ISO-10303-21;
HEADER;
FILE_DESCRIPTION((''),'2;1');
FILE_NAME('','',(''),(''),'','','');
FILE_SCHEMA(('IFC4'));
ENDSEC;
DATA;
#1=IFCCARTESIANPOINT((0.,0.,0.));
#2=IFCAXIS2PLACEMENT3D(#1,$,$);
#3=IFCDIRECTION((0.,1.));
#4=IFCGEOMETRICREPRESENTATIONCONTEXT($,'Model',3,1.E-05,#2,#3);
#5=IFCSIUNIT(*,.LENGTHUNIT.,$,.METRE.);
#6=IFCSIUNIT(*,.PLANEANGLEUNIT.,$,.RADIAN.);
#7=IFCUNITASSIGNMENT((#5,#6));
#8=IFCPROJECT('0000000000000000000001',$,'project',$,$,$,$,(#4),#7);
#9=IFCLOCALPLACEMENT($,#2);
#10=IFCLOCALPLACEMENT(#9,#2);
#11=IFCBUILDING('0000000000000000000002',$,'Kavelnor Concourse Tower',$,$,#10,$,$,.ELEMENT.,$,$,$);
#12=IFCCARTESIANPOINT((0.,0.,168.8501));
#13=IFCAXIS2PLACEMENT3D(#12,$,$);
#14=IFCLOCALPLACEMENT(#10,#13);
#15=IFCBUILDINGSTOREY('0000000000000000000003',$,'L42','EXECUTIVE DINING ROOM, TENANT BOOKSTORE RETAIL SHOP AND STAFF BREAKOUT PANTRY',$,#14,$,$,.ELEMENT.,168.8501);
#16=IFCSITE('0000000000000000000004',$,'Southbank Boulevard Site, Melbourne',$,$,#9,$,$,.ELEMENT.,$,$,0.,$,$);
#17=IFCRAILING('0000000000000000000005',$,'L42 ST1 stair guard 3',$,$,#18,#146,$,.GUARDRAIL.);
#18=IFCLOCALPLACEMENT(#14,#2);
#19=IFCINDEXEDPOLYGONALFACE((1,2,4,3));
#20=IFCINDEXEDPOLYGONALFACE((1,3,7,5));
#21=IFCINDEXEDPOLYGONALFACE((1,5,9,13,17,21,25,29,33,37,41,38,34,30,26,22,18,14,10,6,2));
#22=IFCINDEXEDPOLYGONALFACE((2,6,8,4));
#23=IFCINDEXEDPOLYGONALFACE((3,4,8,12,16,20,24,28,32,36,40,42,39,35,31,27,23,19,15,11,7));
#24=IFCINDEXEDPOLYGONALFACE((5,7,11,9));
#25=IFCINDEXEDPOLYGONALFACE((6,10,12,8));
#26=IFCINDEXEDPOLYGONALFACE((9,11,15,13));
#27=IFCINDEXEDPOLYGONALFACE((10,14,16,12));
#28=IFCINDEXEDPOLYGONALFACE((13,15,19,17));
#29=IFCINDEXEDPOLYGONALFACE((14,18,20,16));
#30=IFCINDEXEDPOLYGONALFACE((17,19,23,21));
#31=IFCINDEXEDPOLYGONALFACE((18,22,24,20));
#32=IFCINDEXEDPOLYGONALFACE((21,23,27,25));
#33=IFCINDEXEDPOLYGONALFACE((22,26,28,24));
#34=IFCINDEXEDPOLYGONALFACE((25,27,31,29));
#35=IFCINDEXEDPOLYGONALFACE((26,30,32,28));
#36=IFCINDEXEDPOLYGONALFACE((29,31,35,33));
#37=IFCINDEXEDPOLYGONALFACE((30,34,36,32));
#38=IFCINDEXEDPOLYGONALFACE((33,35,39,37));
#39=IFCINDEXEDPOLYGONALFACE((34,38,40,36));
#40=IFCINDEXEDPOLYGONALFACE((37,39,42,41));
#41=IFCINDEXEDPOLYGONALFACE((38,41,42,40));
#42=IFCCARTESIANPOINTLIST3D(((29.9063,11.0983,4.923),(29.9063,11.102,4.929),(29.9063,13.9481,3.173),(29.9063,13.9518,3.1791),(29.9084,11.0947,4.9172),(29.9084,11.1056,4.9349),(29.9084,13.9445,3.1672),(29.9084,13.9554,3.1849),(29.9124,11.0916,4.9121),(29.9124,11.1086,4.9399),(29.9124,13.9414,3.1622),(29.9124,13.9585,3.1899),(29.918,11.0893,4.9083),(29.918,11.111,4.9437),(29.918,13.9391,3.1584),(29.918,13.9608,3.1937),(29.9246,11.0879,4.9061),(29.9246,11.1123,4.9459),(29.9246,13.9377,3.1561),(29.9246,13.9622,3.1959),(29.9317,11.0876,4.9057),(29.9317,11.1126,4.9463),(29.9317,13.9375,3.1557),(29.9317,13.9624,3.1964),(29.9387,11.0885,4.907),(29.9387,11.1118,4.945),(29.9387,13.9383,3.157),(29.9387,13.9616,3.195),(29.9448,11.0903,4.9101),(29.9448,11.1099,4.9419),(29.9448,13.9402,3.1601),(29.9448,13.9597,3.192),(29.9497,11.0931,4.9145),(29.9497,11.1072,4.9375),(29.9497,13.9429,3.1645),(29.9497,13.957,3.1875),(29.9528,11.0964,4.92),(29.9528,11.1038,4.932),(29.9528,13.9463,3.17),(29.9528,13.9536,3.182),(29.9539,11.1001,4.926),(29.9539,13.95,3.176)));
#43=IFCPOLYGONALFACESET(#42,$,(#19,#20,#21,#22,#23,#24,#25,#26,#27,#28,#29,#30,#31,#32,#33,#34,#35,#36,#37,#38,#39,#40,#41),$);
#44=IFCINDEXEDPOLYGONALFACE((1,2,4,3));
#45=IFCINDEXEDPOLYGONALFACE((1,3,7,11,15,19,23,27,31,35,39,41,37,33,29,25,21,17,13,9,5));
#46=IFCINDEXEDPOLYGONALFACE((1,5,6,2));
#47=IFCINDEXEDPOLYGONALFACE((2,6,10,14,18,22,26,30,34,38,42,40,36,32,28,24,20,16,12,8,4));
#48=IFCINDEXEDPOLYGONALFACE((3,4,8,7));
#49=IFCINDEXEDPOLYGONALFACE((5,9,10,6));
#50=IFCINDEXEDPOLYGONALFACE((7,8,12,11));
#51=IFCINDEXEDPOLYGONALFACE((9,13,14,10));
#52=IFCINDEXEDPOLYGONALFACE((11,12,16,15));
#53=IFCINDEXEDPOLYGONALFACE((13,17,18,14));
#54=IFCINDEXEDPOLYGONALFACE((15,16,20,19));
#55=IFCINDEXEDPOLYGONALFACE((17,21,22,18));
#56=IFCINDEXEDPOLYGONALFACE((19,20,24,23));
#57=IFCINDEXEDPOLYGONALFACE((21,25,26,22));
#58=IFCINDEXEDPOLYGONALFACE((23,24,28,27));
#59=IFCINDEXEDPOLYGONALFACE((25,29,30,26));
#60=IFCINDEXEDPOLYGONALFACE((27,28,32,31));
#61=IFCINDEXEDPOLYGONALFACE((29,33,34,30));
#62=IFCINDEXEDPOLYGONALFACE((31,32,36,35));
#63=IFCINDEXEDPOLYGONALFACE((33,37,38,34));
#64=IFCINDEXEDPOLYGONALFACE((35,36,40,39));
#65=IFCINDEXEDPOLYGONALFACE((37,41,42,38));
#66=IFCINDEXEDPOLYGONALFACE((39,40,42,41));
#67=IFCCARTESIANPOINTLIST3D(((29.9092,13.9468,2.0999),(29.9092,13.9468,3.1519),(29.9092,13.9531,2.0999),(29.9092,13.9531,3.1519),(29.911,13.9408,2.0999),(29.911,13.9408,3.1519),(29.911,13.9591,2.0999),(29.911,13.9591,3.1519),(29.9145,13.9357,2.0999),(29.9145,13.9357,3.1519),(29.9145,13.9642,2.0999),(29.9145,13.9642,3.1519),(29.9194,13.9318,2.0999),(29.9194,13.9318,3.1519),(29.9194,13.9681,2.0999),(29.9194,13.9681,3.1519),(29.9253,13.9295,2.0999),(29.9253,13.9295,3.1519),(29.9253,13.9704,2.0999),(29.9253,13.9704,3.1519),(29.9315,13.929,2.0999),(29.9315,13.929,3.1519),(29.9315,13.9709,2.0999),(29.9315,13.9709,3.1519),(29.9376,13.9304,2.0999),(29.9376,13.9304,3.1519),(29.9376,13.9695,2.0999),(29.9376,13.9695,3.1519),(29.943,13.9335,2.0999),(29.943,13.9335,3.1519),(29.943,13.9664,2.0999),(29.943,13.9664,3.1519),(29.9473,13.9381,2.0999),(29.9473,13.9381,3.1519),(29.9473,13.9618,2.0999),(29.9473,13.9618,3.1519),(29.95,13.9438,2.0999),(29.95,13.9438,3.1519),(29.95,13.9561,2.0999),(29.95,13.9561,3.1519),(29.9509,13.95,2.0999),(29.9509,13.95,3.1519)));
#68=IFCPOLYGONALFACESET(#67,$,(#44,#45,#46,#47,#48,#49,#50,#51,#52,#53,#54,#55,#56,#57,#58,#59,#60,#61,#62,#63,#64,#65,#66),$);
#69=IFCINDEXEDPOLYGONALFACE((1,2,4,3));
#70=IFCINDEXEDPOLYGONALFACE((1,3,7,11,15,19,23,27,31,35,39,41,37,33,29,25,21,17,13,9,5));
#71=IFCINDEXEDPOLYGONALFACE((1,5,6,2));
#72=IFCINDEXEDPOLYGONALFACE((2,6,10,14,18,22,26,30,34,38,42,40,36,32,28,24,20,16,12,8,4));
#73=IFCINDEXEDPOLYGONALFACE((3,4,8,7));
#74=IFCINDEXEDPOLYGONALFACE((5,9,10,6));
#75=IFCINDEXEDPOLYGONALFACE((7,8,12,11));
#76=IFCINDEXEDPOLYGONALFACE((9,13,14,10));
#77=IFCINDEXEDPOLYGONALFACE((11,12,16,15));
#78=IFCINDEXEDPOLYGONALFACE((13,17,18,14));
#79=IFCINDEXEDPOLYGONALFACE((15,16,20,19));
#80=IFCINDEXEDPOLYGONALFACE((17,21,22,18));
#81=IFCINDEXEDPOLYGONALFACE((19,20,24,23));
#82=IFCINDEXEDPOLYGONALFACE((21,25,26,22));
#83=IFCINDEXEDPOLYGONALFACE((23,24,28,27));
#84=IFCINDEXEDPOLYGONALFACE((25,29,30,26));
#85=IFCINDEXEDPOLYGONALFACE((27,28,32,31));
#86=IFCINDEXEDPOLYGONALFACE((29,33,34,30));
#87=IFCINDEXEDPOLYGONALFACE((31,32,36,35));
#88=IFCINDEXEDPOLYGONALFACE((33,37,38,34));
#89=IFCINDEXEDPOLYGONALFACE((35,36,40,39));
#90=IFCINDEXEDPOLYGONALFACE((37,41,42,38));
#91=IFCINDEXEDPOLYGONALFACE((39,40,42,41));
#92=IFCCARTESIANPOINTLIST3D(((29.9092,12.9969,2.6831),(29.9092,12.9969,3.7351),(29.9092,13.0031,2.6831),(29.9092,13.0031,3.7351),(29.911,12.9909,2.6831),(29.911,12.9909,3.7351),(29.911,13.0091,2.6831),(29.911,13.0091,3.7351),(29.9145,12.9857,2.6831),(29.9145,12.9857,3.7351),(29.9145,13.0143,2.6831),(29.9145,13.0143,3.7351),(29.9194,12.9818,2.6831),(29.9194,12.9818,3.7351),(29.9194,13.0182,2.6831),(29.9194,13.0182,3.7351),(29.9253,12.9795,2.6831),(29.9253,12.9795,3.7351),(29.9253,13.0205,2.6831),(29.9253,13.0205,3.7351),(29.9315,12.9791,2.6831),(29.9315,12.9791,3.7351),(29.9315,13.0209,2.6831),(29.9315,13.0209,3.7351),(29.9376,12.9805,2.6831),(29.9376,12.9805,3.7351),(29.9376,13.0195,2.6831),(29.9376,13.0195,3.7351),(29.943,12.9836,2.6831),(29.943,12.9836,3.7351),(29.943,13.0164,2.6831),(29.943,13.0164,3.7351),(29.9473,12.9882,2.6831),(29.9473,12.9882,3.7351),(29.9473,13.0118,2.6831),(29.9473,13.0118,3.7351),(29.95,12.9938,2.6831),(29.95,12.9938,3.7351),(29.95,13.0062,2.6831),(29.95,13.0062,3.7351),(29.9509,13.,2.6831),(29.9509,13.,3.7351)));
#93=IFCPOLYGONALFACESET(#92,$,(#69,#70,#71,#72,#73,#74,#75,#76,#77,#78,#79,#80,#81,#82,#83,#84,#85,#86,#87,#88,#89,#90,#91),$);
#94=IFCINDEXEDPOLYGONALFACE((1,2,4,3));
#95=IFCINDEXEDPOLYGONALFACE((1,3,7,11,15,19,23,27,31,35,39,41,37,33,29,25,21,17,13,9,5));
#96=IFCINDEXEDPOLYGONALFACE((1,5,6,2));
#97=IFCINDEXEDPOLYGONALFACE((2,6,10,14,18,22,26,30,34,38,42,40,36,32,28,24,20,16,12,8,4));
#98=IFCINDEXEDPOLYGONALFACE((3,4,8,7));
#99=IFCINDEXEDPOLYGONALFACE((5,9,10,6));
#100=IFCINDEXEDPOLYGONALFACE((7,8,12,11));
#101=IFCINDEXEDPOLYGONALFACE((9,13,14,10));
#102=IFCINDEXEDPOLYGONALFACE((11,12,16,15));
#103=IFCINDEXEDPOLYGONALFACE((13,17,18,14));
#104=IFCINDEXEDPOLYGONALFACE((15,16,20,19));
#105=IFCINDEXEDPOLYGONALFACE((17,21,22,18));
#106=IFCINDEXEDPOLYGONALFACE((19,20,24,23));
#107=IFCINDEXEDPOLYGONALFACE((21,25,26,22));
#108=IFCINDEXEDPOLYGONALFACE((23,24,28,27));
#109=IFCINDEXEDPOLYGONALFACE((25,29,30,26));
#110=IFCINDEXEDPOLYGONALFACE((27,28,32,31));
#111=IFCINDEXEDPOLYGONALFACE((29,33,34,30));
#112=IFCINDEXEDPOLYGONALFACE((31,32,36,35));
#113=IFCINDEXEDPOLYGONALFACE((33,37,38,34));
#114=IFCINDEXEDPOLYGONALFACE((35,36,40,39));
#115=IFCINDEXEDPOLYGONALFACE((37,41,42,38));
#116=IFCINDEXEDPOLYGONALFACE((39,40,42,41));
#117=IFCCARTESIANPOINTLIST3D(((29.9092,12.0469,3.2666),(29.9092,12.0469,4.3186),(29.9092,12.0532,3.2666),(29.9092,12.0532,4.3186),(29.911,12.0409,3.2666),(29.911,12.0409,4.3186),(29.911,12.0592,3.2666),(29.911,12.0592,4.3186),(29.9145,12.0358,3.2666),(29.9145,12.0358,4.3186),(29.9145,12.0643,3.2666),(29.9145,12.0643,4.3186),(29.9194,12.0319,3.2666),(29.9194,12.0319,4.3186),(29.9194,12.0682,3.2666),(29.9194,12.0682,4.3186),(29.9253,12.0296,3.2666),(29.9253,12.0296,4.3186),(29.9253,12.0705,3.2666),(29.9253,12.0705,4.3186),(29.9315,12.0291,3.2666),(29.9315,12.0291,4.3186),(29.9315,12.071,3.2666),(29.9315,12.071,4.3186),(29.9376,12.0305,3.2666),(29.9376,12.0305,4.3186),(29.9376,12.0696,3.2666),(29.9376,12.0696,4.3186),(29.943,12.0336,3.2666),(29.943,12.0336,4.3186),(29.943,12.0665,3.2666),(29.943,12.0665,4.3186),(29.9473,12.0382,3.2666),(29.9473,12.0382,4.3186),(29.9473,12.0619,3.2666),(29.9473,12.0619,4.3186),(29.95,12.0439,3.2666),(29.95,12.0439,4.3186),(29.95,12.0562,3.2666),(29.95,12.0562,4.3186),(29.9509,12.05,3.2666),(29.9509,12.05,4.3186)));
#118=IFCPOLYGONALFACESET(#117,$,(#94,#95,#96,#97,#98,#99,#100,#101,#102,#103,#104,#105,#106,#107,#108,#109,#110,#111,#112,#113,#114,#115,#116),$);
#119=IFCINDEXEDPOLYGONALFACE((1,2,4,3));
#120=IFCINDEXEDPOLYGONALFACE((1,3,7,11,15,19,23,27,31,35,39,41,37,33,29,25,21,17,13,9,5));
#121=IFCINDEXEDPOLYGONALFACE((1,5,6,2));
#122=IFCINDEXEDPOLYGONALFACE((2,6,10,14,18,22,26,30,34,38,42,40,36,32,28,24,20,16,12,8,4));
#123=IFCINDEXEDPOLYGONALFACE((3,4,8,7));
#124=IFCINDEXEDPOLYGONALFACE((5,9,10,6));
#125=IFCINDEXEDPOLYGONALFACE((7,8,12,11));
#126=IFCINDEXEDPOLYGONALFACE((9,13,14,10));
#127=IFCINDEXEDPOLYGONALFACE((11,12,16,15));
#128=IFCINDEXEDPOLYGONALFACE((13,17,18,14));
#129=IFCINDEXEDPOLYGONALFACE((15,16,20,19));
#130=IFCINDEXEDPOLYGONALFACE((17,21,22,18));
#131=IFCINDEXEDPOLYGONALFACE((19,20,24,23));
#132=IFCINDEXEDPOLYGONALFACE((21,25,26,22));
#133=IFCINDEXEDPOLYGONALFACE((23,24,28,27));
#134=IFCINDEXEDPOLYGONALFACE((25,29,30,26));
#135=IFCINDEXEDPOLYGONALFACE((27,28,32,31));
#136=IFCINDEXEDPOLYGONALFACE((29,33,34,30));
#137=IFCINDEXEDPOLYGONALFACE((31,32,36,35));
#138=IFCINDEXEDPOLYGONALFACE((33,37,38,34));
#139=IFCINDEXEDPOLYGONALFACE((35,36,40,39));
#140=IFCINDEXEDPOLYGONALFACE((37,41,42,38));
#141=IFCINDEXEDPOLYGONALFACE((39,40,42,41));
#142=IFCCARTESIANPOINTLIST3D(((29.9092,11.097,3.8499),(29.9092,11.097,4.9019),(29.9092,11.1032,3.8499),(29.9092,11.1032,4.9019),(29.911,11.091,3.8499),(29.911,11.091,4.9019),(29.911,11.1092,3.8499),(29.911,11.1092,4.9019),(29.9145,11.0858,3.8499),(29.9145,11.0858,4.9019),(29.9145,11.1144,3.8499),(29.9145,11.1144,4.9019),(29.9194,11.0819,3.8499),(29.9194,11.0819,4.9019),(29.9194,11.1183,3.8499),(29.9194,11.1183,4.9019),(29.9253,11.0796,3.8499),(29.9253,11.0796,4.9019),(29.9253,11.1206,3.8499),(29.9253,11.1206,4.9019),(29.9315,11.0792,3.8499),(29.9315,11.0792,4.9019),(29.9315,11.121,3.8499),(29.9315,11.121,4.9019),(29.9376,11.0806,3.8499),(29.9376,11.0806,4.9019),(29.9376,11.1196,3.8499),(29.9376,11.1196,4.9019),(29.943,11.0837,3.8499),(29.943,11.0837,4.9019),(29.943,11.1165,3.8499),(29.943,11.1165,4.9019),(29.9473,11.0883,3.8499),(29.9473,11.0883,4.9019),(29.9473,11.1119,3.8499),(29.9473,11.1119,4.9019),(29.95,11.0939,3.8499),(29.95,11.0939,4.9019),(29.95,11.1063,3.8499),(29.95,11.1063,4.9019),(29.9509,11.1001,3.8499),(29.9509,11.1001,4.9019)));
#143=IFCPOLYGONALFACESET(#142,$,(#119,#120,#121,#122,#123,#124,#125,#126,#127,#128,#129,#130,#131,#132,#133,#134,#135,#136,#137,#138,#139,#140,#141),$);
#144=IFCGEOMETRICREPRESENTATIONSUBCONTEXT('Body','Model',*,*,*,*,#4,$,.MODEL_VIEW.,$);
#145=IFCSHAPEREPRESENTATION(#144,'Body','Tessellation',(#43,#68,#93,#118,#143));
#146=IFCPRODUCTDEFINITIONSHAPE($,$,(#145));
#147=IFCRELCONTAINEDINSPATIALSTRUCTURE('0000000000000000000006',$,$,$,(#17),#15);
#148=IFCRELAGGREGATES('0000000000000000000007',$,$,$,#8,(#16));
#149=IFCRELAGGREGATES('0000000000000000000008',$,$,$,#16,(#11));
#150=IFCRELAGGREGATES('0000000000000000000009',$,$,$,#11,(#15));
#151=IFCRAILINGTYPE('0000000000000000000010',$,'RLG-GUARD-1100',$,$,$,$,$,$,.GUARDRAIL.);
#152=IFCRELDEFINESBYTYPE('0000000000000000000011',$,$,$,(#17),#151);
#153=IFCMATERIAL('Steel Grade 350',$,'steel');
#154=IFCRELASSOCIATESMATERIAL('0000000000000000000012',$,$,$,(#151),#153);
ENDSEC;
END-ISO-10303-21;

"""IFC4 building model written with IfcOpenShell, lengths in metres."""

from ifc_helpers import new_model, si_unit, direction, frame, origin, origin_2d, place, context, subcontext, project, spatial, circle, extrude, material, type_object, element, save


model = new_model("IFC4")

# Units and contexts
model_context = context("Model", 3, precision=1e-05, world=origin(), true_north=direction((0.0, 1.0)))
body_context = subcontext(model_context, "Body", "Model", "MODEL_VIEW")
ifc_project = project(units=[si_unit("LENGTHUNIT", "METRE"), si_unit("PLANEANGLEUNIT", "RADIAN")], contexts=[model_context])

# Site, building, storey
site_placement = place(None, origin())
site = spatial("IfcSite", under=ifc_project, at=site_placement, Name="Southbank Boulevard Site, Melbourne", CompositionType="ELEMENT", RefElevation=0.0)
building_placement = place(site_placement, origin())
building = spatial("IfcBuilding", under=site, at=building_placement, Name="Kavelnor Concourse Tower", CompositionType="ELEMENT")
storey_placement = place(building_placement, frame((0.0, 0.0, 168.8501)))
storey = spatial("IfcBuildingStorey", under=building, at=storey_placement, Name="L42", Description="EXECUTIVE DINING ROOM, TENANT BOOKSTORE RETAIL SHOP AND STAFF BREAKOUT PANTRY", CompositionType="ELEMENT", Elevation=168.8501)

# Shared definitions
ifc_material_1 = material(Name="Steel Grade 350", Category="steel")

# Railing
railing_type_1 = type_object("IfcRailingType", Name="RLG-GUARD-1100", PredefinedType="GUARDRAIL", material=ifc_material_1)
railing_1_placement = place(storey_placement, frame((29.9299, 13.95, 2.0999)))
element("IfcRailing", 1, at=railing_1_placement, inside=storey, type_object=railing_type_1, Name="L42 ST1 stair guard 3", PredefinedType="GUARDRAIL", context=body_context, shape_type="SweptSolid", body=[
    extrude(circle(Radius=0.0239, at=origin_2d()), frame((0.0, 0.0, 1.0762), z_axis=(0.0, -0.852159, 0.523283), x_axis=(1.0, 0.0, 0.0)), (0.0, 0.0, 1.0), 3.3442),
    extrude(circle(Radius=0.021, at=origin_2d()), origin(), (0.0, 0.0, 1.0), 1.052),
    extrude(circle(Radius=0.021, at=origin_2d()), frame((0.0, -0.95, 0.5833)), (0.0, 0.0, 1.0), 1.052),
    extrude(circle(Radius=0.021, at=origin_2d()), frame((0.0, -1.8999, 1.1667)), (0.0, 0.0, 1.0), 1.052),
    extrude(circle(Radius=0.021, at=origin_2d()), frame((0.0, -2.8499, 1.75)), (0.0, 0.0, 1.0), 1.052),
])

save(model, "model.ifc")
